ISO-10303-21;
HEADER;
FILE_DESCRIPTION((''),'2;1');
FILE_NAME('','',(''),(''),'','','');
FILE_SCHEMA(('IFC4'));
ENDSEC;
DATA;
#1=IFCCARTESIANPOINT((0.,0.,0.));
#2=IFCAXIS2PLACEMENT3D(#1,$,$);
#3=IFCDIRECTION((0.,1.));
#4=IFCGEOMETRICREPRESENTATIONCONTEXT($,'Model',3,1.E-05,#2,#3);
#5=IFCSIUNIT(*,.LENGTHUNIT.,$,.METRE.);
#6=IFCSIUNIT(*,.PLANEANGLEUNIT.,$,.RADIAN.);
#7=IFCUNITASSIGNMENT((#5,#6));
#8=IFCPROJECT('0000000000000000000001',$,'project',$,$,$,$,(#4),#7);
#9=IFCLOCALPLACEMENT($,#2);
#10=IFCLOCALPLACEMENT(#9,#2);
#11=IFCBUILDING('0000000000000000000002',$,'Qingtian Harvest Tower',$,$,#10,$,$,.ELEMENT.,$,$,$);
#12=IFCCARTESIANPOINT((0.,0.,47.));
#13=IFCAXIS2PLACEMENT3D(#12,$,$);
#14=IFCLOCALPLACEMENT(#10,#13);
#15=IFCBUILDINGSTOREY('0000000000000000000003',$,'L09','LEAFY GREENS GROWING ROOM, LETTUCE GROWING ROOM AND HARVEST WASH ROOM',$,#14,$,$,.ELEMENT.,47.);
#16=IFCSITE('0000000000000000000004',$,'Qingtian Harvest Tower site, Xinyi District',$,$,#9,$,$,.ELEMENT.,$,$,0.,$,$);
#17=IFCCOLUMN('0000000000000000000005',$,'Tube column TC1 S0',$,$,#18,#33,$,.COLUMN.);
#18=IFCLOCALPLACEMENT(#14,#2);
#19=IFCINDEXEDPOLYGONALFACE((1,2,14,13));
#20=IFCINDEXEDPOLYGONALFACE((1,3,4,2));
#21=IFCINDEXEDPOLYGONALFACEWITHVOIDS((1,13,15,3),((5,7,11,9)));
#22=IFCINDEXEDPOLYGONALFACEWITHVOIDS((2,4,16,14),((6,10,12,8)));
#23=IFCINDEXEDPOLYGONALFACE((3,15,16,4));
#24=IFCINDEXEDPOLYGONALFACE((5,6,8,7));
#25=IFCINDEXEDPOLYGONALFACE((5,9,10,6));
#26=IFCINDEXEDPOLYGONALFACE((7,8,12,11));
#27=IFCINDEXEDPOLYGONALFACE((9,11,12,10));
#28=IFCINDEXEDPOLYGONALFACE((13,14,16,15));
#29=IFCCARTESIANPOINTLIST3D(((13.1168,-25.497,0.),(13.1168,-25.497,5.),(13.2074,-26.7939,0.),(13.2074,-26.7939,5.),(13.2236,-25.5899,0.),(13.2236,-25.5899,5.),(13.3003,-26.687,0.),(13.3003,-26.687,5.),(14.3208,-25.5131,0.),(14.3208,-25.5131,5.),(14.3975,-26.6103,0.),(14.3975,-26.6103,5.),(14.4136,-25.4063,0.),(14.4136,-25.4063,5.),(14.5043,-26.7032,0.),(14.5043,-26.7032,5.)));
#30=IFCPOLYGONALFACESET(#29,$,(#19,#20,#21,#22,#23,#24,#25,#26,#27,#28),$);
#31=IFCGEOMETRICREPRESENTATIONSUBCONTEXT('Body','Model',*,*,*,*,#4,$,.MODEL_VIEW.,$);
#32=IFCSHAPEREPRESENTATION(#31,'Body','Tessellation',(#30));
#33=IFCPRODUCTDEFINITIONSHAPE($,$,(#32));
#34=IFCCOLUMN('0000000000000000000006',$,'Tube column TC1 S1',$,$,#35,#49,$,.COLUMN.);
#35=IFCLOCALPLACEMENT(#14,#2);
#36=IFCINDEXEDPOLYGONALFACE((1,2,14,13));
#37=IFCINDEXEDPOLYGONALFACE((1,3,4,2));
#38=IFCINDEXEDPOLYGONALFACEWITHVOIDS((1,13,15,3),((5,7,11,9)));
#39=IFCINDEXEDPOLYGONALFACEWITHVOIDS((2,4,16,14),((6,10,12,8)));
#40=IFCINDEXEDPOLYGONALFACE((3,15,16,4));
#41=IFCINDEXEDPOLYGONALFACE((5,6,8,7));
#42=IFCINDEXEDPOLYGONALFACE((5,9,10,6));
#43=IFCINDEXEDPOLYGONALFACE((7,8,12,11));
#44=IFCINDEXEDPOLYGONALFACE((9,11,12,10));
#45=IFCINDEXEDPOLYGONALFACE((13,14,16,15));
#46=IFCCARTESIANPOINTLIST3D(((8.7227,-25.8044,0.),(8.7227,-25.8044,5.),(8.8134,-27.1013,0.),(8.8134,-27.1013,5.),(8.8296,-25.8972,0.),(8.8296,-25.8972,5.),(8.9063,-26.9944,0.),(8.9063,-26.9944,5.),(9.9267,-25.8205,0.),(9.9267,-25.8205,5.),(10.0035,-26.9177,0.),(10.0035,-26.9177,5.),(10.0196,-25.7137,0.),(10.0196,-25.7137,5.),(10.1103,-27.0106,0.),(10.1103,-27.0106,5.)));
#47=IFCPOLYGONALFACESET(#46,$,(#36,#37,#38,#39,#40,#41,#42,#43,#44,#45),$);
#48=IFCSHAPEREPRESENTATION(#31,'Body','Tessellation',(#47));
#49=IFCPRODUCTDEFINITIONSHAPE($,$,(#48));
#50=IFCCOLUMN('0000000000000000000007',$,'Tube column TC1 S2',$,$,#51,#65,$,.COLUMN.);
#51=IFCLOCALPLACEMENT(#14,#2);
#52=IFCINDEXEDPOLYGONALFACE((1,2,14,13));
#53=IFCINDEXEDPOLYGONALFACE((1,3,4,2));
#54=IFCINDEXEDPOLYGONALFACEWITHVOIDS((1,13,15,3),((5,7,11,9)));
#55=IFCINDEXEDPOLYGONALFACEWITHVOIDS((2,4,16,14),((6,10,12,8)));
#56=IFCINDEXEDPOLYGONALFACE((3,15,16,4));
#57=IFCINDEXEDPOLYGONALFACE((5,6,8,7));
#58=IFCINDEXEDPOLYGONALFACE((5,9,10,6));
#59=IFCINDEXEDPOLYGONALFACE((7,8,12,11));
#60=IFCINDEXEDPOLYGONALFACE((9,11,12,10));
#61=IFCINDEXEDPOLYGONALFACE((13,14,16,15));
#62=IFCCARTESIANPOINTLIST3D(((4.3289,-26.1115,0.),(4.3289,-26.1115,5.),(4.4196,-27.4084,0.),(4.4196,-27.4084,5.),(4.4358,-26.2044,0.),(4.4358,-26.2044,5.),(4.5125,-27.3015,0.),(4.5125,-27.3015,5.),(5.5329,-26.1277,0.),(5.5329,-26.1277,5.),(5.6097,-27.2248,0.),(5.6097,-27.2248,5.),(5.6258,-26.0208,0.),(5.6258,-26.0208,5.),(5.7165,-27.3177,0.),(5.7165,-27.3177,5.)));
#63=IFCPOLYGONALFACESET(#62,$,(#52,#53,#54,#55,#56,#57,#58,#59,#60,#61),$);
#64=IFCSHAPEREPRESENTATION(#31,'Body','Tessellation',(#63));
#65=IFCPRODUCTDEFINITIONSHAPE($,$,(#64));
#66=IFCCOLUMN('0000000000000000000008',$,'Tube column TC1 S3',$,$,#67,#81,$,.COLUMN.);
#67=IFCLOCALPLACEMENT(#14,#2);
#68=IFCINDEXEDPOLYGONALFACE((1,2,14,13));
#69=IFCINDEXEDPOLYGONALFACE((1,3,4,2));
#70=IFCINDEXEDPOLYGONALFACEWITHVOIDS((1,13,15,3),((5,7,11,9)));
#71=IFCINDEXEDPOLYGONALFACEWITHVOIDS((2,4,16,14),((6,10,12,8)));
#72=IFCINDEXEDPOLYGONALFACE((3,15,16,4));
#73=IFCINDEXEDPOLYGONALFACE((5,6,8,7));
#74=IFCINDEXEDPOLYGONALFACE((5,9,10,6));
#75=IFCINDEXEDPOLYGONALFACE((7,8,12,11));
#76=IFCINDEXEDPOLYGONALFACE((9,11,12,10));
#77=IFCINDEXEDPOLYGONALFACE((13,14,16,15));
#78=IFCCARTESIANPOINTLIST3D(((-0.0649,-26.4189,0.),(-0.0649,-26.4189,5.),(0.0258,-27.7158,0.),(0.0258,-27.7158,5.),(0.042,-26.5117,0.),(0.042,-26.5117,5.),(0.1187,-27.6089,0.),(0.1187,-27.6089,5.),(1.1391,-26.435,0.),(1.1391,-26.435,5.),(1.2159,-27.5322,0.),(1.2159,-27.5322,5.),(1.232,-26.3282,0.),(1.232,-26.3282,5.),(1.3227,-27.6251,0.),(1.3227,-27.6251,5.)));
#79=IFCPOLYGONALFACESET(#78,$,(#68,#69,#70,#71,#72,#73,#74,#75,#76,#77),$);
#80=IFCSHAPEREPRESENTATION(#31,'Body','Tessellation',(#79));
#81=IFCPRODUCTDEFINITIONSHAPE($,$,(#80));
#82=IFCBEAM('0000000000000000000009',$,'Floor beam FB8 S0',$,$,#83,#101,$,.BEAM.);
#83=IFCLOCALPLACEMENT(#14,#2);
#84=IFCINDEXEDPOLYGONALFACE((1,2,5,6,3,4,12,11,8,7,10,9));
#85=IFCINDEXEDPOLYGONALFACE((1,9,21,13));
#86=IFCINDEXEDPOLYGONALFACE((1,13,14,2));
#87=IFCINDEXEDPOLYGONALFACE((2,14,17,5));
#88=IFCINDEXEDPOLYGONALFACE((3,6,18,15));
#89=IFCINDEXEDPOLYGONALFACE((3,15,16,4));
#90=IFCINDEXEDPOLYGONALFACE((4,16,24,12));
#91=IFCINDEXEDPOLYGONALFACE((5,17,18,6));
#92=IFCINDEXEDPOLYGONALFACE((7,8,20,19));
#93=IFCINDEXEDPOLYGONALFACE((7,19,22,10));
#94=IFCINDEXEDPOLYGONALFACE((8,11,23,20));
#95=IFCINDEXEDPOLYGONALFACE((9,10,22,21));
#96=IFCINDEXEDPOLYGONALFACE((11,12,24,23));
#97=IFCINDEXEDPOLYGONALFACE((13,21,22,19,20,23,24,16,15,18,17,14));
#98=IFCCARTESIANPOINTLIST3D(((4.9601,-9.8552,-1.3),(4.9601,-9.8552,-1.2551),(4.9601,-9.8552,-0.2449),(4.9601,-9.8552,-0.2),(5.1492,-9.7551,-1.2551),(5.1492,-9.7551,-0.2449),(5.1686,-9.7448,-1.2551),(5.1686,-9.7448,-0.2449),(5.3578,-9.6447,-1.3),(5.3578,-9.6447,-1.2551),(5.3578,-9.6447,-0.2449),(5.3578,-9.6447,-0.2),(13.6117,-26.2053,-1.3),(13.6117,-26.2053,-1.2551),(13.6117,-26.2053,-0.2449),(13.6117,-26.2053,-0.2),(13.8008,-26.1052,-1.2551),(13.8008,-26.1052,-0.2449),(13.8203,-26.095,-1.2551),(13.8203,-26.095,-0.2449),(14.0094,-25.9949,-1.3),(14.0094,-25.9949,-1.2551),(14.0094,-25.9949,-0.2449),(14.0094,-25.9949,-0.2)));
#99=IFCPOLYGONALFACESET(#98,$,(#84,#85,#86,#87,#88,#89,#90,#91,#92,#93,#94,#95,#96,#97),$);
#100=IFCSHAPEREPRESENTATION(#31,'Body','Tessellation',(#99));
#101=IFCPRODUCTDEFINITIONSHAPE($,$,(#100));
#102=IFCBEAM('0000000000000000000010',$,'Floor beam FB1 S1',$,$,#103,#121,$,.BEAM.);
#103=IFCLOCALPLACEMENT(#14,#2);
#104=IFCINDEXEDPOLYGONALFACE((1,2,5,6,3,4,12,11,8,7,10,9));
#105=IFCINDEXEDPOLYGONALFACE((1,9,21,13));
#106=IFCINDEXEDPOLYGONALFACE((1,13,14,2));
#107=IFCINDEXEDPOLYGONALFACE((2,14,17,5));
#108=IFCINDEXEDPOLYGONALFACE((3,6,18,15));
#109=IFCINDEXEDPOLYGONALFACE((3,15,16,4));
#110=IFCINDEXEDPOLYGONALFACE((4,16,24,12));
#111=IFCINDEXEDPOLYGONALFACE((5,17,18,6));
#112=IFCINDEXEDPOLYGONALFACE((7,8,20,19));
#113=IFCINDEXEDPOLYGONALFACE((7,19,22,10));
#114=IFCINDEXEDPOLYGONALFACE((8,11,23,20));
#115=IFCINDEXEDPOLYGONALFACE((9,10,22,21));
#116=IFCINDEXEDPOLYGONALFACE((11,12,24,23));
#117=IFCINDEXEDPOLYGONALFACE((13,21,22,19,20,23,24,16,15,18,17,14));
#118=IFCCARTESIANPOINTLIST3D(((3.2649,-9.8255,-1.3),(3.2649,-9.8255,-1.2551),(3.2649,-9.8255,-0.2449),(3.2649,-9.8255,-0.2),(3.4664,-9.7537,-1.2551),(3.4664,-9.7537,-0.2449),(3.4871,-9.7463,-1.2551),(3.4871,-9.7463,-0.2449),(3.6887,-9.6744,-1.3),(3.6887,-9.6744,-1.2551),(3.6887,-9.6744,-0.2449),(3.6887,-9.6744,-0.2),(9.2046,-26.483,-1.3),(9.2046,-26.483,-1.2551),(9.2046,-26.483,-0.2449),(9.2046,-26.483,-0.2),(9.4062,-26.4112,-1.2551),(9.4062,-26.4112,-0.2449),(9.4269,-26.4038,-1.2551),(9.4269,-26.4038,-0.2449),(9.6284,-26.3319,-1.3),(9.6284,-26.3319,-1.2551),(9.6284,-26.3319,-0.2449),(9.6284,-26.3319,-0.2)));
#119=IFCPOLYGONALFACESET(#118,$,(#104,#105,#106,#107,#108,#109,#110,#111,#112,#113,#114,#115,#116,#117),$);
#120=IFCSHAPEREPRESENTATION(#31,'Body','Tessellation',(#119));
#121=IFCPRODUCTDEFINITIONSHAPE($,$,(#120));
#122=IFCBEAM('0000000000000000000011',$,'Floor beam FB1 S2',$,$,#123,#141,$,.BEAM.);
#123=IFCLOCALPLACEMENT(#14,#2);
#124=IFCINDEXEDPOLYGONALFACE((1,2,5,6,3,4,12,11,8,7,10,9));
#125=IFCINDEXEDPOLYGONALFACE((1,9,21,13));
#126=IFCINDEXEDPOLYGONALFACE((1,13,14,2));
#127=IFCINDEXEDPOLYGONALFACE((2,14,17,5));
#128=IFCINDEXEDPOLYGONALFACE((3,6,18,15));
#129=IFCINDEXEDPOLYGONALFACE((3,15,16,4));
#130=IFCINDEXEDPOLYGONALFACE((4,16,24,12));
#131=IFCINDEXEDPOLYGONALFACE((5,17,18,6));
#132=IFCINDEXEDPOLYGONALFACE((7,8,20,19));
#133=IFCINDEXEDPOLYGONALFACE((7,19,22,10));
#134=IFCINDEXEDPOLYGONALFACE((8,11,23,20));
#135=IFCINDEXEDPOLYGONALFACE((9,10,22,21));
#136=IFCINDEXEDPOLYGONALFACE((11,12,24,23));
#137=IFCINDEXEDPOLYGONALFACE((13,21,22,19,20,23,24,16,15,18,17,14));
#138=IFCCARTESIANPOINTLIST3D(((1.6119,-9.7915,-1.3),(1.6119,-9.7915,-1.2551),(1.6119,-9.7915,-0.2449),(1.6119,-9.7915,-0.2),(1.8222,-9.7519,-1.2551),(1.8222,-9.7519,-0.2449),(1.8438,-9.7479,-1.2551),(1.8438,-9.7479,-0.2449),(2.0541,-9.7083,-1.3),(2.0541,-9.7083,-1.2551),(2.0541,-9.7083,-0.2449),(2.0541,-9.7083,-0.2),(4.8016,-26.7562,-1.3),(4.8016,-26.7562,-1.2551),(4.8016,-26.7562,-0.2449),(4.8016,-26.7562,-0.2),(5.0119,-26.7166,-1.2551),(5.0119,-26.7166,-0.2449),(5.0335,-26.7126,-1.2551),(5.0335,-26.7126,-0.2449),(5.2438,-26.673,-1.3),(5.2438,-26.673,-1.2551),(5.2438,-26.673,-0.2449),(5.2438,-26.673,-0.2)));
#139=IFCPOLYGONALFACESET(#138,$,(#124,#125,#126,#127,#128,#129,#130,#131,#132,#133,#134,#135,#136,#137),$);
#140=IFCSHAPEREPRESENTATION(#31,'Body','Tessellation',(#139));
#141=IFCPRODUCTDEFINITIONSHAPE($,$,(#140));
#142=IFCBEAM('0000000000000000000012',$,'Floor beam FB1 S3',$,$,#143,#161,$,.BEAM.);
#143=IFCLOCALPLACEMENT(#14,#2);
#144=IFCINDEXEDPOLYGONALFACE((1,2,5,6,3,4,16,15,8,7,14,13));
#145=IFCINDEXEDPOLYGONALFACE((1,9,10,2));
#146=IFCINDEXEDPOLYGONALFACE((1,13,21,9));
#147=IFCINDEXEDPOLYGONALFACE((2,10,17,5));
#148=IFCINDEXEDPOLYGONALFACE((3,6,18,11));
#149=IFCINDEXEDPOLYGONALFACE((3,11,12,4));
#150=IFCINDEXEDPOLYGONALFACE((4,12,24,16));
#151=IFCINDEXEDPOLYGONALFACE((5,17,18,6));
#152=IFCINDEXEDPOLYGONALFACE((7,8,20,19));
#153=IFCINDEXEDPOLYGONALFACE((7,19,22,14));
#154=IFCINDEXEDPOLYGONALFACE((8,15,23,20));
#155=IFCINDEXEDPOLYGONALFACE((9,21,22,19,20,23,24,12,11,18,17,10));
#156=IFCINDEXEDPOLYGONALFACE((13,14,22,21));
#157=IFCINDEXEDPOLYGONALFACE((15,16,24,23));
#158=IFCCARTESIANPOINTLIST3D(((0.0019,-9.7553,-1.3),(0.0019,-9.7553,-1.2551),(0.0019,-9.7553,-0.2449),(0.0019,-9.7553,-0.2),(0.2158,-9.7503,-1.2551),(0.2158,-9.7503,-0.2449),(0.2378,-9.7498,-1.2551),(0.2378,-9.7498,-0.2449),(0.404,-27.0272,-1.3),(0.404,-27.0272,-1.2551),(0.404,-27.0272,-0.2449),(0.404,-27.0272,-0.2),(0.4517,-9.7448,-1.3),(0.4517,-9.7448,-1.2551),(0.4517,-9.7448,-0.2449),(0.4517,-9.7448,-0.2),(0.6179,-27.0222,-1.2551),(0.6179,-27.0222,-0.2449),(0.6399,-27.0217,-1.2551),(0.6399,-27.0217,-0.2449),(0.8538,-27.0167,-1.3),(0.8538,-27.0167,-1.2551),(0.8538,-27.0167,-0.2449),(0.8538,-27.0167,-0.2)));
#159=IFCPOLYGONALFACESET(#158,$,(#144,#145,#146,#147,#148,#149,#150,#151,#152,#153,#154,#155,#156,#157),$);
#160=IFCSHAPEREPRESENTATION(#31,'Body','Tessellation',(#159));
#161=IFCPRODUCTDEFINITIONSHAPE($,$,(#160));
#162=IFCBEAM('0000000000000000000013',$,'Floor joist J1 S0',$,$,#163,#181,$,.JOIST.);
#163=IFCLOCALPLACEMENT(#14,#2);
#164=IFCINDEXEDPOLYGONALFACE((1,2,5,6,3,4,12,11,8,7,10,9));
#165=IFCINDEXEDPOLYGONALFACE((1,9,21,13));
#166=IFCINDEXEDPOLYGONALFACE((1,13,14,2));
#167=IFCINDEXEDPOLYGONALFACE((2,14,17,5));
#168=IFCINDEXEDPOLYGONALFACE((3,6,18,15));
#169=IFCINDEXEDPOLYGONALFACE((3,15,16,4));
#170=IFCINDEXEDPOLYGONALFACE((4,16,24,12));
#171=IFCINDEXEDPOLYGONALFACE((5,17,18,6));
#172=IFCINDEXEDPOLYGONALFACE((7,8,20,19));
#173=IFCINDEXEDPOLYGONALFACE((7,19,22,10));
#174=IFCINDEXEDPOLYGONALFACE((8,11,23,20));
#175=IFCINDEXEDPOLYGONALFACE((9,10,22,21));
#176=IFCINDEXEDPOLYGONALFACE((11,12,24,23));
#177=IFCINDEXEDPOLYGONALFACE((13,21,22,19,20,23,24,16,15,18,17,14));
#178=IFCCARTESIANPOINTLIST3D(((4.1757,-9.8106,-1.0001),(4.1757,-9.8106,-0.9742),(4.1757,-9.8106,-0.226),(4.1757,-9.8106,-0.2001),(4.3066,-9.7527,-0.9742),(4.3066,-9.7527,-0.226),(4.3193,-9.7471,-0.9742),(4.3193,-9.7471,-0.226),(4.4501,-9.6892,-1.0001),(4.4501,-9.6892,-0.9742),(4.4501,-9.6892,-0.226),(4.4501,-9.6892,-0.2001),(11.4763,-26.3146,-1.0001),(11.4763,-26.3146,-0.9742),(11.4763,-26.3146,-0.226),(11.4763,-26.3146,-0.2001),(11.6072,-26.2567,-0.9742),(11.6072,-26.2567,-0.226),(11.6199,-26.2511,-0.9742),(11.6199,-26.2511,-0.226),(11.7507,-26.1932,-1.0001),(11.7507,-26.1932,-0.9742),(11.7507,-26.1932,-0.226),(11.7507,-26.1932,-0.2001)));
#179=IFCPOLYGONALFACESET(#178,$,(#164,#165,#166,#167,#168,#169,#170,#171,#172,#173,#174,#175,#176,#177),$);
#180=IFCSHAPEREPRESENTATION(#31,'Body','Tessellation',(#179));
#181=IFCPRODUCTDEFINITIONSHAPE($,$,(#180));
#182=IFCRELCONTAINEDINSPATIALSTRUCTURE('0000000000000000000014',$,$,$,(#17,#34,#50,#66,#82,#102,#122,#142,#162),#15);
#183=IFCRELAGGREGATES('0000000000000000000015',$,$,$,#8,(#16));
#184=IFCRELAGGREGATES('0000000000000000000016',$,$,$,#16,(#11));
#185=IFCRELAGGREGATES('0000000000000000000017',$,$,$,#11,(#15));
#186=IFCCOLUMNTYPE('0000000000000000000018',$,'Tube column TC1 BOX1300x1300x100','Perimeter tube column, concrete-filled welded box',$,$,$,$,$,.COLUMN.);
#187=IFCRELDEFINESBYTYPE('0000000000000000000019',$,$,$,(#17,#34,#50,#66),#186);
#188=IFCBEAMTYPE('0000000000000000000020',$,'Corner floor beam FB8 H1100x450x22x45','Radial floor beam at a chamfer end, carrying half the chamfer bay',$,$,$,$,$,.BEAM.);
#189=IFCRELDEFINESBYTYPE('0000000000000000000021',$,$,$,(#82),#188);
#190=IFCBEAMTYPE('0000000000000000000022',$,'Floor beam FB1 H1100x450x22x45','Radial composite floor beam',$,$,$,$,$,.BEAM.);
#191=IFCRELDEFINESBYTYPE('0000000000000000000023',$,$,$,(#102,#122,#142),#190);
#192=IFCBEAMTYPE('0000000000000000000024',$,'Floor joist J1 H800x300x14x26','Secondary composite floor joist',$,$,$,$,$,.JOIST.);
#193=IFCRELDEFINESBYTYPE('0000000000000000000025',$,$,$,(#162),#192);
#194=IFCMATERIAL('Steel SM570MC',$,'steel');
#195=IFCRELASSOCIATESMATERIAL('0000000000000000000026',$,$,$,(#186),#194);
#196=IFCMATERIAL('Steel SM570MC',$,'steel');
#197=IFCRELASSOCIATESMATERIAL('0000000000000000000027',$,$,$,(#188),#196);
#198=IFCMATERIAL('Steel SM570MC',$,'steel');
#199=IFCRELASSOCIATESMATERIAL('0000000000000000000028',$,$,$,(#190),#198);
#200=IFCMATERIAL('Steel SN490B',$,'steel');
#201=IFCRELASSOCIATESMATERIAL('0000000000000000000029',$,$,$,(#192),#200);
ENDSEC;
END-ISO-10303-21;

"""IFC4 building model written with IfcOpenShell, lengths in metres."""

from ifc_helpers import new_model, si_unit, direction, frame, origin, origin_2d, place, context, subcontext, project, spatial, hollow_rectangle, i_section, extrude, material, material_profile, profile_set, type_object, element, save


model = new_model("IFC4")

# Units and contexts
model_context = context("Model", 3, precision=1e-05, world=origin(), true_north=direction((0.0, 1.0)))
body_context = subcontext(model_context, "Body", "Model", "MODEL_VIEW")
ifc_project = project(units=[si_unit("LENGTHUNIT", "METRE"), si_unit("PLANEANGLEUNIT", "RADIAN")], contexts=[model_context])

# Site, building, storey
site_placement = place(None, origin())
site = spatial("IfcSite", under=ifc_project, at=site_placement, Name="Qingtian Harvest Tower site, Xinyi District", CompositionType="ELEMENT", RefElevation=0.0)
building_placement = place(site_placement, origin())
building = spatial("IfcBuilding", under=site, at=building_placement, Name="Qingtian Harvest Tower", CompositionType="ELEMENT")
storey_placement = place(building_placement, frame((0.0, 0.0, 47.0)))
storey = spatial("IfcBuildingStorey", under=building, at=storey_placement, Name="L09", Description="LEAFY GREENS GROWING ROOM, LETTUCE GROWING ROOM AND HARVEST WASH ROOM", CompositionType="ELEMENT", Elevation=47.0)

# Columns
ifc_material_1 = material(Name="Steel SM570MC", Category="steel")
ifc_material_profile_1 = material_profile(ifc_material_1, hollow_rectangle(XDim=1.3, YDim=1.3, WallThickness=0.1001, at=origin_2d()), Name="BOX1300x1300x100")
ifc_profile_set_1 = profile_set([ifc_material_profile_1], Name="Steel SM570MC")
column_type = type_object("IfcColumnType", Name="Tube column TC1 BOX1300x1300x100", Description="Perimeter tube column, concrete-filled welded box", PredefinedType="COLUMN", material=ifc_profile_set_1)
for number, where, z_axis, x_axis, name in (
    (1, (13.8105, -26.1001, 0.0), (0.0, 0.0, 1.0), (0.997564, 0.069756, 0.0), "Tube column TC1 S0"),
    (2, (9.4165, -26.4075, 0.0), (0.0, 0.0, 1.0), (0.997564, 0.069756, 0.0), "Tube column TC1 S1"),
    (3, (5.0227, -26.7146, 0.0), (0.0, 0.0, 1.0), (0.997564, 0.069756, 0.0), "Tube column TC1 S2"),
    (4, (0.6289, -27.022, 0.0), (0.0, 0.0, 1.0), (0.997564, 0.069756, 0.0), "Tube column TC1 S3"),
):
    element("IfcColumn", number, at=place(storey_placement, frame(where, z_axis=z_axis, x_axis=x_axis)), inside=storey, type_object=column_type, Name=name, PredefinedType="COLUMN", context=body_context, shape_type="SweptSolid", body=[
        extrude(hollow_rectangle(XDim=1.3, YDim=1.3, WallThickness=0.1001, at=origin_2d()), origin(), (0.0, 0.0, 1.0), 5.0),
    ])

# Beams
ifc_material_2 = material(Name="Steel SM570MC", Category="steel")
ifc_material_profile_2 = material_profile(ifc_material_2, i_section(OverallWidth=0.45, OverallDepth=1.1001, WebThickness=0.022, FlangeThickness=0.0449, at=origin_2d()), Name="H1100x450x22x45")
ifc_profile_set_2 = profile_set([ifc_material_profile_2], Name="Steel SM570MC")
beam_type_1 = type_object("IfcBeamType", Name="Corner floor beam FB8 H1100x450x22x45", Description="Radial floor beam at a chamfer end, carrying half the chamfer bay", PredefinedType="BEAM", material=ifc_profile_set_2)
beam_1_placement = place(storey_placement, frame((13.8105, -26.1001, -0.75), z_axis=(-0.467705, 0.883885, 0.0), x_axis=(-0.883885, -0.467705, 0.0)))
element("IfcBeam", 5, at=beam_1_placement, inside=storey, type_object=beam_type_1, Name="Floor beam FB8 S0", PredefinedType="BEAM", context=body_context, shape_type="SweptSolid", body=[
    extrude(i_section(OverallWidth=0.45, OverallDepth=1.1001, WebThickness=0.022, FlangeThickness=0.0449, at=origin_2d()), origin(), (0.0, 0.0, 1.0), 18.498),
])
ifc_material_3 = material(Name="Steel SM570MC", Category="steel")
ifc_material_profile_3 = material_profile(ifc_material_3, i_section(OverallWidth=0.45, OverallDepth=1.1001, WebThickness=0.022, FlangeThickness=0.0449, at=origin_2d()), Name="H1100x450x22x45")
ifc_profile_set_3 = profile_set([ifc_material_profile_3], Name="Steel SM570MC")
beam_type_2 = type_object("IfcBeamType", Name="Floor beam FB1 H1100x450x22x45", Description="Radial composite floor beam", PredefinedType="BEAM", material=ifc_profile_set_3)
beam_2_placement = place(storey_placement, frame((9.4165, -26.4075, -0.75), z_axis=(-0.335865, 0.94191, 0.0), x_axis=(-0.94191, -0.335865, 0.0)))
element("IfcBeam", 6, at=beam_2_placement, inside=storey, type_object=beam_type_2, Name="Floor beam FB1 S1", PredefinedType="BEAM", context=body_context, shape_type="SweptSolid", body=[
    extrude(i_section(OverallWidth=0.45, OverallDepth=1.1001, WebThickness=0.022, FlangeThickness=0.0449, at=origin_2d()), origin(), (0.0, 0.0, 1.0), 17.6848),
])
beam_3_placement = place(storey_placement, frame((5.0227, -26.7146, -0.75), z_axis=(-0.184783, 0.982779, 0.0), x_axis=(-0.982779, -0.184783, 0.0)))
element("IfcBeam", 7, at=beam_3_placement, inside=storey, type_object=beam_type_2, Name="Floor beam FB1 S2", PredefinedType="BEAM", context=body_context, shape_type="SweptSolid", body=[
    extrude(i_section(OverallWidth=0.45, OverallDepth=1.1001, WebThickness=0.022, FlangeThickness=0.0449, at=origin_2d()), origin(), (0.0, 0.0, 1.0), 17.262),
])
beam_4_placement = place(storey_placement, frame((0.6289, -27.022, -0.75), z_axis=(-0.023274, 0.999729, 0.0), x_axis=(-0.999729, -0.023274, 0.0)))
element("IfcBeam", 8, at=beam_4_placement, inside=storey, type_object=beam_type_2, Name="Floor beam FB1 S3", PredefinedType="BEAM", context=body_context, shape_type="SweptSolid", body=[
    extrude(i_section(OverallWidth=0.45, OverallDepth=1.1001, WebThickness=0.022, FlangeThickness=0.0449, at=origin_2d()), origin(), (0.0, 0.0, 1.0), 17.2766),
])
ifc_material_4 = material(Name="Steel SN490B", Category="steel")
ifc_material_profile_4 = material_profile(ifc_material_4, i_section(OverallWidth=0.3, OverallDepth=0.8, WebThickness=0.0139, FlangeThickness=0.0259, at=origin_2d()), Name="H800x300x14x26")
ifc_profile_set_4 = profile_set([ifc_material_profile_4], Name="Steel SN490B")
beam_type_3 = type_object("IfcBeamType", Name="Floor joist J1 H800x300x14x26", Description="Secondary composite floor joist", PredefinedType="JOIST", material=ifc_profile_set_4)
beam_5_placement = place(storey_placement, frame((11.6135, -26.2539, -0.6001), z_axis=(-0.40454, 0.91452, 0.0), x_axis=(-0.91452, -0.40454, 0.0)))
element("IfcBeam", 9, at=beam_5_placement, inside=storey, type_object=beam_type_3, Name="Floor joist J1 S0", PredefinedType="JOIST", context=body_context, shape_type="SweptSolid", body=[
    extrude(i_section(OverallWidth=0.3, OverallDepth=0.8, WebThickness=0.0139, FlangeThickness=0.0259, at=origin_2d()), origin(), (0.0, 0.0, 1.0), 18.0466),
])

save(model, "model.ifc")
